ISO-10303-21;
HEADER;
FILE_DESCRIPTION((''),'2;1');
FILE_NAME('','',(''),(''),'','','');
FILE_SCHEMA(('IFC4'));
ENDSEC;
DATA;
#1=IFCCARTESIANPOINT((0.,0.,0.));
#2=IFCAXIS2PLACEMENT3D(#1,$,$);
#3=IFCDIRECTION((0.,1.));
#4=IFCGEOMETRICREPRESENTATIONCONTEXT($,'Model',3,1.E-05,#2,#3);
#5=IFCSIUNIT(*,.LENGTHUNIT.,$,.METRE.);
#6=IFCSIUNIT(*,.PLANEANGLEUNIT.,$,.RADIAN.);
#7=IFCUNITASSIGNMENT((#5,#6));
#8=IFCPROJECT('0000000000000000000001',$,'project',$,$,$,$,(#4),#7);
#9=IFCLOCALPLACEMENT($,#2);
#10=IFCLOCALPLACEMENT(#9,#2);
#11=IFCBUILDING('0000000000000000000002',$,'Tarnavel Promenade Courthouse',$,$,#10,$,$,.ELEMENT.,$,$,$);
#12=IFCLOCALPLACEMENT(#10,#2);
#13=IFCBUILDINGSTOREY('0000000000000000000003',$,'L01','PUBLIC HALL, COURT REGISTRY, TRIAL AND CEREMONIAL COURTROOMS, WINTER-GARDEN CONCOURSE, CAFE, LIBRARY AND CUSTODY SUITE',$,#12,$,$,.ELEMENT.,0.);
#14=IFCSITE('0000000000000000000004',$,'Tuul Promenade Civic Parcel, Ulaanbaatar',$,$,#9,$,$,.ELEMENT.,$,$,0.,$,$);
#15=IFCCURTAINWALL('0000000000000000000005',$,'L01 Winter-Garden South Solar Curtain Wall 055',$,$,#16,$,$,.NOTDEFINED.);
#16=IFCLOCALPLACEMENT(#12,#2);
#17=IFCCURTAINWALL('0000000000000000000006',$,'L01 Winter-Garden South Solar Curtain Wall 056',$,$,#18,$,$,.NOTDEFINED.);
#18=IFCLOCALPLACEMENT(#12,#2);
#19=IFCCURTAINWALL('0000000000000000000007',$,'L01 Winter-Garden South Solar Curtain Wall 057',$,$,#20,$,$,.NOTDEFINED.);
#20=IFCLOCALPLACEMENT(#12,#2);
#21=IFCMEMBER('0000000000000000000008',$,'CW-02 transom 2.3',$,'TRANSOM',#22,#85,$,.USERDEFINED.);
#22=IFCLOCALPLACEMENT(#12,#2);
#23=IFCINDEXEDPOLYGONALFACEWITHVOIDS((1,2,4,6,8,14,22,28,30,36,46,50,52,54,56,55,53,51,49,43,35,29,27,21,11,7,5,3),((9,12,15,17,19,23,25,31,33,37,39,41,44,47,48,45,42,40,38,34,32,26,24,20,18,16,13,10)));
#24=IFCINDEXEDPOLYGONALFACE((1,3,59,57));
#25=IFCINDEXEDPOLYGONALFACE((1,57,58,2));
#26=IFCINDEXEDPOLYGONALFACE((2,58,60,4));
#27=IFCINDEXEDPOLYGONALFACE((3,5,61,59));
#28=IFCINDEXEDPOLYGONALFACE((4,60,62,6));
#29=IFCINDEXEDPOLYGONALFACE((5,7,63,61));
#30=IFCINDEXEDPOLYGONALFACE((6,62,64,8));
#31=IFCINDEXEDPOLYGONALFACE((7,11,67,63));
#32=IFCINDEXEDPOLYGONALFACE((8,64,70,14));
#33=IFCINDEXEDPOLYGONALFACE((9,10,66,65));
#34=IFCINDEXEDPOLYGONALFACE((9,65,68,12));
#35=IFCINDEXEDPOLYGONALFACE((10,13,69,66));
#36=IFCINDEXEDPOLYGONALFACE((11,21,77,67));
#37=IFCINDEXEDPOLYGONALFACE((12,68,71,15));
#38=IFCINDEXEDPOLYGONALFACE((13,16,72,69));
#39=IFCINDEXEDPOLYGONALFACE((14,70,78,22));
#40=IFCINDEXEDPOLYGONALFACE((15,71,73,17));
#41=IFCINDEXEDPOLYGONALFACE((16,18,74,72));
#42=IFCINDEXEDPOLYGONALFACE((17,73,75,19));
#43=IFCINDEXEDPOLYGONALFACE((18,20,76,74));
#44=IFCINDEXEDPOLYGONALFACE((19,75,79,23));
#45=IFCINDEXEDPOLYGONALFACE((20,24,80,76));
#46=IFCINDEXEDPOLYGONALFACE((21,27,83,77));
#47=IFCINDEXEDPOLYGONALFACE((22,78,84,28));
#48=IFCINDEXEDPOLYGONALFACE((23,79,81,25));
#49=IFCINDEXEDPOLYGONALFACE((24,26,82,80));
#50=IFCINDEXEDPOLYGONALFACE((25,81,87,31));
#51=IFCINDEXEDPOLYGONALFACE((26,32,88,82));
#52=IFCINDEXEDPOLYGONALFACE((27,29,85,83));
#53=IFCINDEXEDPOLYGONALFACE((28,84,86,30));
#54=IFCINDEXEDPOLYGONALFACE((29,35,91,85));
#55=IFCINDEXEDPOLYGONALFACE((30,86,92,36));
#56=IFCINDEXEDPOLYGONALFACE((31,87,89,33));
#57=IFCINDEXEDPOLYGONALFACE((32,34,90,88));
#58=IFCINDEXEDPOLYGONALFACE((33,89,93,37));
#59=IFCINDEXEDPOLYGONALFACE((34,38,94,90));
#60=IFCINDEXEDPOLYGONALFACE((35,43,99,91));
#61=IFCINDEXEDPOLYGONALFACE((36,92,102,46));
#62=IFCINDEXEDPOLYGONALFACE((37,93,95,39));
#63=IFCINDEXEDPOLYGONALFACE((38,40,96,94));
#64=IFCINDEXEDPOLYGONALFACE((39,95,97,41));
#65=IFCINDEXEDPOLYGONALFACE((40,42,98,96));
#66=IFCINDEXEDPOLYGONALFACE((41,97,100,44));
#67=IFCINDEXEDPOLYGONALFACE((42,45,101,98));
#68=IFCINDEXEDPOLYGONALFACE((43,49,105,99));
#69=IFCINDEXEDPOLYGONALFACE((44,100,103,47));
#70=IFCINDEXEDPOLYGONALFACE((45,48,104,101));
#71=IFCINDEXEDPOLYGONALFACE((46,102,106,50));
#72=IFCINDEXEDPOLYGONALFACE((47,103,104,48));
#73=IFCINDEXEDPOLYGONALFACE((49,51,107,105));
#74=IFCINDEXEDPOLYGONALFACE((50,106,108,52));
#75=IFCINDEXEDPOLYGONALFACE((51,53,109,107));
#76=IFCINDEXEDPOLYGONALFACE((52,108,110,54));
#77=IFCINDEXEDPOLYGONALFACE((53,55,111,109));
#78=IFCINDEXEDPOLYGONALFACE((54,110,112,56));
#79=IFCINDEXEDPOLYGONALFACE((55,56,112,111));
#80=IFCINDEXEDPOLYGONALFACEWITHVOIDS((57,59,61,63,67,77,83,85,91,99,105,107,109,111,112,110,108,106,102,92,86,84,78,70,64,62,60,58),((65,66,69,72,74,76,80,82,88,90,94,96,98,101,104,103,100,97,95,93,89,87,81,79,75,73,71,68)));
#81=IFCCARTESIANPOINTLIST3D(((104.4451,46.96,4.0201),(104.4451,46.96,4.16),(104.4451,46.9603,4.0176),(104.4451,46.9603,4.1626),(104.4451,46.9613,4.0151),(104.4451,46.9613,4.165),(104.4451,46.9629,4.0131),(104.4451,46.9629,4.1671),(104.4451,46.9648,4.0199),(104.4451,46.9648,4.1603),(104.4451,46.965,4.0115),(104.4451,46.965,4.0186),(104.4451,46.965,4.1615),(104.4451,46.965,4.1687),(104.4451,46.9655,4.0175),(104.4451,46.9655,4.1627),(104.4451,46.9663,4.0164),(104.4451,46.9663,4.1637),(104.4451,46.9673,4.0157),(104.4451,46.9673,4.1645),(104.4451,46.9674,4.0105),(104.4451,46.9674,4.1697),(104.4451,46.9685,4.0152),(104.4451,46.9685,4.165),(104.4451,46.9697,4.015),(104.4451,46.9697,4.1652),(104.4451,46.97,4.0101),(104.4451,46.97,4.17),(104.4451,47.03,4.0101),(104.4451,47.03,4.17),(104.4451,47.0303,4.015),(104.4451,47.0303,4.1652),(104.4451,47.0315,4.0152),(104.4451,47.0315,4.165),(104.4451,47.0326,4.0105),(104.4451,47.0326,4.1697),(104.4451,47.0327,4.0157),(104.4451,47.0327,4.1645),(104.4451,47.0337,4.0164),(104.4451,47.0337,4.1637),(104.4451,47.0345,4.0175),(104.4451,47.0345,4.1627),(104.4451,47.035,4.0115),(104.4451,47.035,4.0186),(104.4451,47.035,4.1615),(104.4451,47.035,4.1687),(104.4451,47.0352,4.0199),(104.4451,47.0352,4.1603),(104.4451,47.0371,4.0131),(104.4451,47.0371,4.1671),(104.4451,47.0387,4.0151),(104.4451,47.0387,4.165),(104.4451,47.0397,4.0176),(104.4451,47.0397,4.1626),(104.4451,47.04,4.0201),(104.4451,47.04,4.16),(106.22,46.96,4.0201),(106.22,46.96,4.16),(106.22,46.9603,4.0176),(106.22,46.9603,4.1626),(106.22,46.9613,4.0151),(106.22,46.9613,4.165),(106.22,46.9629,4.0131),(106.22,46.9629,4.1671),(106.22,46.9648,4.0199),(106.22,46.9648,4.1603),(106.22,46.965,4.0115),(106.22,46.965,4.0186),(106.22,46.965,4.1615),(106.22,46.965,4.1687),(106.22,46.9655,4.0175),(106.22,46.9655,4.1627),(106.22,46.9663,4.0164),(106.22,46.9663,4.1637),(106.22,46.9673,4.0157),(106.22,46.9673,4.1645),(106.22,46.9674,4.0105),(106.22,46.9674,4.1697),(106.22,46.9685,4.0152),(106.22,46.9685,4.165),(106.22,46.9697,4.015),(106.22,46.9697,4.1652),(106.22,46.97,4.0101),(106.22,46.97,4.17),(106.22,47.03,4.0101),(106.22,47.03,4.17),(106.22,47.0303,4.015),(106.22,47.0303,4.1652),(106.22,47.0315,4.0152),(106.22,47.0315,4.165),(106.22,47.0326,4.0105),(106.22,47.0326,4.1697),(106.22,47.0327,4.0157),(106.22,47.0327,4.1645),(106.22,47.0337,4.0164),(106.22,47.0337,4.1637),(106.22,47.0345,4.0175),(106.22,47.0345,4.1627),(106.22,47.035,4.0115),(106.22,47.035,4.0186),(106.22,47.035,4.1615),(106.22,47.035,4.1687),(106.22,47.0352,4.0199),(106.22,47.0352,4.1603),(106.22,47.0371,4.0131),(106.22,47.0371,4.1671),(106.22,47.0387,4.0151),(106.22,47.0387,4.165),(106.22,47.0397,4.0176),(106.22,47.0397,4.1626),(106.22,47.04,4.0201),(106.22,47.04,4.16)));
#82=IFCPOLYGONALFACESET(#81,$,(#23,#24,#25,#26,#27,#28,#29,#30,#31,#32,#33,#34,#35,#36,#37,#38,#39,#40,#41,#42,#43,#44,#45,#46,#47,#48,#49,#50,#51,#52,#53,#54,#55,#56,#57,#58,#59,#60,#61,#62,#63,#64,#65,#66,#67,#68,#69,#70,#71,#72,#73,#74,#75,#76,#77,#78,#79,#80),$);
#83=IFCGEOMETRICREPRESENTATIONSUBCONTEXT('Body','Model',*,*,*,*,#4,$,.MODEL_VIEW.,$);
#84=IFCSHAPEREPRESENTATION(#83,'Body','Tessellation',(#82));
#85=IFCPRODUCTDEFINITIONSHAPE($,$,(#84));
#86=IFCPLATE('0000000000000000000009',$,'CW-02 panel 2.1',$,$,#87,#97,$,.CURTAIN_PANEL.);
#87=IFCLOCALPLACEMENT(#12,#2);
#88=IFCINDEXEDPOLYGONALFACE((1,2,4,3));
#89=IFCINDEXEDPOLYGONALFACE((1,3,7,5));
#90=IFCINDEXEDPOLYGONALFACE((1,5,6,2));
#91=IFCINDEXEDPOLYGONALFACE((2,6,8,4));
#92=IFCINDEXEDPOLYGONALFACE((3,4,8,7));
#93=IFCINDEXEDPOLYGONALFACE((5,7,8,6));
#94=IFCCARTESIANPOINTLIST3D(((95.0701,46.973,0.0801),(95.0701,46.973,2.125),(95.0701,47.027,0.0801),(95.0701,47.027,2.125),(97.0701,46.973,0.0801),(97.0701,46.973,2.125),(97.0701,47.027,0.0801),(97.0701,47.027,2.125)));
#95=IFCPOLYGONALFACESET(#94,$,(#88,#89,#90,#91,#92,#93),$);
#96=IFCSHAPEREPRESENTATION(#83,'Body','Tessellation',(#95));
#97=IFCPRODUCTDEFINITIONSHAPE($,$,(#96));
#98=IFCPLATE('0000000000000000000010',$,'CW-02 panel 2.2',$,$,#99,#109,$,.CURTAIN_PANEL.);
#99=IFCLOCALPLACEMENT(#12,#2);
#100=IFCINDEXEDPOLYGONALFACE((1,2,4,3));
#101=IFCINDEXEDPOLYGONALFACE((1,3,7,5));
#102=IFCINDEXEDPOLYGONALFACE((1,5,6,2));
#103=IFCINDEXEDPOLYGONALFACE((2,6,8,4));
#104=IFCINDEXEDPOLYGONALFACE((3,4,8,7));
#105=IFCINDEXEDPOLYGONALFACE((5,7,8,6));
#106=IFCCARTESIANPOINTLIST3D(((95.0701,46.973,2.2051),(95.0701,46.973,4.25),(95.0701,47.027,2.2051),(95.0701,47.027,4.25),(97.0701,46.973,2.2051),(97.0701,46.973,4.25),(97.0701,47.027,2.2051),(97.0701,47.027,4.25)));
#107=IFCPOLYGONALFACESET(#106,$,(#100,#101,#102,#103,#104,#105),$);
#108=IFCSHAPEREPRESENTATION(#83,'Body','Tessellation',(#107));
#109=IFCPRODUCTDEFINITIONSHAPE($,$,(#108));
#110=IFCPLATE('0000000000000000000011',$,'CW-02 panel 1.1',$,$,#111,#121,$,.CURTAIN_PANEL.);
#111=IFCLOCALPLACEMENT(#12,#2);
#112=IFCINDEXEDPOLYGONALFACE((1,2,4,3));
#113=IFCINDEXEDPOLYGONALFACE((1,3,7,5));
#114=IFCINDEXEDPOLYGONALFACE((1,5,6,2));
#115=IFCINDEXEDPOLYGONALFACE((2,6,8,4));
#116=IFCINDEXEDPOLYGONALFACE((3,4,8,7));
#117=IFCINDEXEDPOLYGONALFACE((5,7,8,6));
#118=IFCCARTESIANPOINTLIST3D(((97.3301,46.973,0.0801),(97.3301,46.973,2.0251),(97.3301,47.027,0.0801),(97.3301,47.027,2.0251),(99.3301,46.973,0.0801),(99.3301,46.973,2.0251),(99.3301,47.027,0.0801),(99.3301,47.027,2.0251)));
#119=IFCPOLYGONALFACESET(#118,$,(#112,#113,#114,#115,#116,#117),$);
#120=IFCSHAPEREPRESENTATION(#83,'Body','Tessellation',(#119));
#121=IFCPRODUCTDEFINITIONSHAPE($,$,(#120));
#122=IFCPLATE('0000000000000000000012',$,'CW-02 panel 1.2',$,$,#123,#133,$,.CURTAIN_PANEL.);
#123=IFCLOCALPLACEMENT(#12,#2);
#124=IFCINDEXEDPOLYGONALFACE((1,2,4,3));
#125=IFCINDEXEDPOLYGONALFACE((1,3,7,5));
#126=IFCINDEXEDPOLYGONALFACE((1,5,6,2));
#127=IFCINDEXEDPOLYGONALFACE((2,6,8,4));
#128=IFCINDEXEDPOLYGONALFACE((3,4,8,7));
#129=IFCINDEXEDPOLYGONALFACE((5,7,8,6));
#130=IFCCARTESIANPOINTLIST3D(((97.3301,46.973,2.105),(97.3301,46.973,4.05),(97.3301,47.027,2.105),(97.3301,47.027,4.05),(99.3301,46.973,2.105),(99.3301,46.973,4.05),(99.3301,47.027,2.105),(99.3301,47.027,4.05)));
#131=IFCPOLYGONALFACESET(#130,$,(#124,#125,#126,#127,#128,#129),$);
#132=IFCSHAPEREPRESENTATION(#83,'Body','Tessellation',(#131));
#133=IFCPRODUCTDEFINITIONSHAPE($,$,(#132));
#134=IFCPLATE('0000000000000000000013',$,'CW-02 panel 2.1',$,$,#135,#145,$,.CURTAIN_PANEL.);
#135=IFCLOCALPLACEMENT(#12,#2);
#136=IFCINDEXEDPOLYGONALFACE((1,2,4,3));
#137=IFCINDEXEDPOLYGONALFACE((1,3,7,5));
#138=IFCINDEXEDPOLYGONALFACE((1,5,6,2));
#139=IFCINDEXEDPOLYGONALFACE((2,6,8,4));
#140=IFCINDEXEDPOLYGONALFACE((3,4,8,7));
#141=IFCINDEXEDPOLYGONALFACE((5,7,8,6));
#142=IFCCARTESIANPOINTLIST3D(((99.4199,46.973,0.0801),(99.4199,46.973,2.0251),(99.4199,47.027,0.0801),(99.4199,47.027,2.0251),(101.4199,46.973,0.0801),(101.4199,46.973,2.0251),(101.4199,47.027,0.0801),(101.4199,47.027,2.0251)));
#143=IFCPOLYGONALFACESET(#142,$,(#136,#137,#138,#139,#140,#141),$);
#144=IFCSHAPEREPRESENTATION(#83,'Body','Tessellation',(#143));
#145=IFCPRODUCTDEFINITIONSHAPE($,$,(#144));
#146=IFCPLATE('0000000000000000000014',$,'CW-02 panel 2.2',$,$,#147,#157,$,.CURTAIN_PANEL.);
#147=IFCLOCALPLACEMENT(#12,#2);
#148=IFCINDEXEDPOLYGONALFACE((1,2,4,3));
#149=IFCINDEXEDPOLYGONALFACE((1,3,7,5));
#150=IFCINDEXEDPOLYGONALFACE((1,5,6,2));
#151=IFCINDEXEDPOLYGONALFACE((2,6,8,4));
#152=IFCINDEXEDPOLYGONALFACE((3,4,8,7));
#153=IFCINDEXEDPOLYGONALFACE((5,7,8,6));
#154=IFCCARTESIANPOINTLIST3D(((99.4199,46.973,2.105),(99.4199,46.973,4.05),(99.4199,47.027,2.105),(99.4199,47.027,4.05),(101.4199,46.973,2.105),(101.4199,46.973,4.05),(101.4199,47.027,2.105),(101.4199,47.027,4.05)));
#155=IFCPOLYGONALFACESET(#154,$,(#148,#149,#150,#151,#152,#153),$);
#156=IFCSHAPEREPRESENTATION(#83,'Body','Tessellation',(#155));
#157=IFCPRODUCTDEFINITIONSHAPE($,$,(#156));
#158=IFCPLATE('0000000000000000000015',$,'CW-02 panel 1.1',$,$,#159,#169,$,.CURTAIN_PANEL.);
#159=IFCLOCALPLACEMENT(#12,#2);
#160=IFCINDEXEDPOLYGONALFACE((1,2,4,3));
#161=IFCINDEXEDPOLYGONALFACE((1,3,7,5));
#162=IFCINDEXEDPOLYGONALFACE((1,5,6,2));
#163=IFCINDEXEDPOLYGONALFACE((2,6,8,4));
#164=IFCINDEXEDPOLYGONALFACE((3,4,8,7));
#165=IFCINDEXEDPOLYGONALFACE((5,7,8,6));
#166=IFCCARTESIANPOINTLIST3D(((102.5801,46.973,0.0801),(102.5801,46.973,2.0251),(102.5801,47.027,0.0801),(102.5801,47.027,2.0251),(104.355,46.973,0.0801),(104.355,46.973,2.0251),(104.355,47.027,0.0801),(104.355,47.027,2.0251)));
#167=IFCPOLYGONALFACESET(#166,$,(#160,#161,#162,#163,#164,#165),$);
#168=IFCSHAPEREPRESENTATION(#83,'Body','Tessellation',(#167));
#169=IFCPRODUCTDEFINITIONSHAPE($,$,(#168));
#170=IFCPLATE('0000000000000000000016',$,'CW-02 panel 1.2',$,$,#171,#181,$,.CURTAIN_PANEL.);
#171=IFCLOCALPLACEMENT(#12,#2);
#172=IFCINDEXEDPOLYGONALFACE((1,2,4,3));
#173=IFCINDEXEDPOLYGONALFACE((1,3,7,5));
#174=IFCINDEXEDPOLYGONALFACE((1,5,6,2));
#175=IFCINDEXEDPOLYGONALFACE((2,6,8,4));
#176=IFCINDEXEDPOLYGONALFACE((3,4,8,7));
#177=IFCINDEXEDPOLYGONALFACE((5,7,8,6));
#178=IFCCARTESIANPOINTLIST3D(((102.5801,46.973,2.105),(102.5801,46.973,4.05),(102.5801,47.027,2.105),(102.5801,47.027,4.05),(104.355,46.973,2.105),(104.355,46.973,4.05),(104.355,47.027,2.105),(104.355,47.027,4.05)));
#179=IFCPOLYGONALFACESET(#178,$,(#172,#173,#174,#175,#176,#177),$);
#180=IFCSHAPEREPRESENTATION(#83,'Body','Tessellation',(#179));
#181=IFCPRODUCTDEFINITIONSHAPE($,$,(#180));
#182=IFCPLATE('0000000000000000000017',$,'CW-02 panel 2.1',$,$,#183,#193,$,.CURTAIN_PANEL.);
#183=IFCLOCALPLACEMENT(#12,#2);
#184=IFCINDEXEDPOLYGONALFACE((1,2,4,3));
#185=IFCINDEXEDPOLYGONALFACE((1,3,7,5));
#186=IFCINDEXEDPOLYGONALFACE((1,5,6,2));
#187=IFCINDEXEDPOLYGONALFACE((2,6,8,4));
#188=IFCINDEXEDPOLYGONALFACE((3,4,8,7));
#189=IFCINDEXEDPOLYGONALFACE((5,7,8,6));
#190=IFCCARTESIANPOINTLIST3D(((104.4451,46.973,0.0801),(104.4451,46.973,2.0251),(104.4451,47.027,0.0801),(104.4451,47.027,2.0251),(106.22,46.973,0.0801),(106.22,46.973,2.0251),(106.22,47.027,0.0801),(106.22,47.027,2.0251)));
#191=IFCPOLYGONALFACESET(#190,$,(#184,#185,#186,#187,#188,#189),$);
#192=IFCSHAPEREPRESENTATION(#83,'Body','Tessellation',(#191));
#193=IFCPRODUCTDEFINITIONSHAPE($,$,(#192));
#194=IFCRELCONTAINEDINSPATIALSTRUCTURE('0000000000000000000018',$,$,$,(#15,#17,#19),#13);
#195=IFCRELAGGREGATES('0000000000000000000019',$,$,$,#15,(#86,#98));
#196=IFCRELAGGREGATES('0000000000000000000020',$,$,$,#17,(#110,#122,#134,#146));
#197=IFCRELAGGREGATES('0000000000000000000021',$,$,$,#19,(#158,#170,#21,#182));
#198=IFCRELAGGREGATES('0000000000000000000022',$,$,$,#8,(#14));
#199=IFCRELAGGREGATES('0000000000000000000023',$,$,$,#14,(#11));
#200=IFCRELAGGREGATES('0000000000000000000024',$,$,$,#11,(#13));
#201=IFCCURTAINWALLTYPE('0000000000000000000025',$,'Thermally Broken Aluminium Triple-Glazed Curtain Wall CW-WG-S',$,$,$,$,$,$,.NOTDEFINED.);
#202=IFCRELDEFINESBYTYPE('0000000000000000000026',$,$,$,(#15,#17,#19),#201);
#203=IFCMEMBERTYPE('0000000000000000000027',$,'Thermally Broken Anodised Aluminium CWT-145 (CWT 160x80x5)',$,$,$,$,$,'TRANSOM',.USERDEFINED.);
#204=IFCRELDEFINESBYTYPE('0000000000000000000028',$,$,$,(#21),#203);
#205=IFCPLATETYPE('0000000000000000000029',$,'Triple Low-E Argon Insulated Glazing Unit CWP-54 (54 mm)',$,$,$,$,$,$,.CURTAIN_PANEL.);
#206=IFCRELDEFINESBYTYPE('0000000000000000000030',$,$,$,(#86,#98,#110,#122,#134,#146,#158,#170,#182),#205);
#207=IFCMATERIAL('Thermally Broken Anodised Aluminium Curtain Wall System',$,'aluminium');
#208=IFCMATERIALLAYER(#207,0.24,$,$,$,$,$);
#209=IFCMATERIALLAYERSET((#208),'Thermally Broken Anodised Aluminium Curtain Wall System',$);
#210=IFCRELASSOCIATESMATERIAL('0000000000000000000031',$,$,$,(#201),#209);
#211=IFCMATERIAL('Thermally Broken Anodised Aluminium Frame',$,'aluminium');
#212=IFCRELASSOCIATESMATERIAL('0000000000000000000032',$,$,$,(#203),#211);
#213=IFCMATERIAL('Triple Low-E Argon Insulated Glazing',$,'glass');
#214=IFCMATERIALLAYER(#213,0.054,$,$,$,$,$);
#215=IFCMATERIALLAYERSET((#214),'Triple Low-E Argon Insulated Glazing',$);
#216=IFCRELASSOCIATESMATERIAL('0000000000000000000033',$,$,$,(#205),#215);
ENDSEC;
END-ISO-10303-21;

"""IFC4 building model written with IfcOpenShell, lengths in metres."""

from ifc_helpers import new_model, si_unit, direction, frame, origin, origin_2d, place, context, subcontext, project, spatial, rectangle, hollow_rectangle, extrude, material, layer, layer_set, material_profile, profile_set, type_object, element, aggregate, save


model = new_model("IFC4")

# Units and contexts
model_context = context("Model", 3, precision=1e-05, world=origin(), true_north=direction((0.0, 1.0)))
body_context = subcontext(model_context, "Body", "Model", "MODEL_VIEW")
ifc_project = project(units=[si_unit("LENGTHUNIT", "METRE"), si_unit("PLANEANGLEUNIT", "RADIAN")], contexts=[model_context])

# Site, building, storey
site_placement = place(None, origin())
site = spatial("IfcSite", under=ifc_project, at=site_placement, Name="Tuul Promenade Civic Parcel, Ulaanbaatar", CompositionType="ELEMENT", RefElevation=0.0)
building_placement = place(site_placement, origin())
building = spatial("IfcBuilding", under=site, at=building_placement, Name="Tarnavel Promenade Courthouse", CompositionType="ELEMENT")
storey_placement = place(building_placement, origin())
storey = spatial("IfcBuildingStorey", under=building, at=storey_placement, Name="L01", Description="PUBLIC HALL, COURT REGISTRY, TRIAL AND CEREMONIAL COURTROOMS, WINTER-GARDEN CONCOURSE, CAFE, LIBRARY AND CUSTODY SUITE", CompositionType="ELEMENT", Elevation=0.0)

# Curtain wall
ifc_material_1 = material(Name="Thermally Broken Anodised Aluminium Curtain Wall System", Category="aluminium")
ifc_layer_1 = layer(ifc_material_1, 0.24)
ifc_layer_set_1 = layer_set([ifc_layer_1], Name="Thermally Broken Anodised Aluminium Curtain Wall System")
curtain_wall_type = type_object("IfcCurtainWallType", Name="Thermally Broken Aluminium Triple-Glazed Curtain Wall CW-WG-S", PredefinedType="NOTDEFINED", material=ifc_layer_set_1)
curtain_wall_1_placement = place(storey_placement, origin())
curtain_wall_1 = element("IfcCurtainWall", 1, at=curtain_wall_1_placement, inside=storey, type_object=curtain_wall_type, Name="L01 Winter-Garden South Solar Curtain Wall 055", PredefinedType="NOTDEFINED")
ifc_material_2 = material(Name="Thermally Broken Anodised Aluminium Frame", Category="aluminium")

# Curtain walls
curtain_wall_2_placement = place(storey_placement, origin())
curtain_wall_2 = element("IfcCurtainWall", 2, at=curtain_wall_2_placement, inside=storey, type_object=curtain_wall_type, Name="L01 Winter-Garden South Solar Curtain Wall 056", PredefinedType="NOTDEFINED")
curtain_wall_3_placement = place(storey_placement, origin())
curtain_wall_3 = element("IfcCurtainWall", 3, at=curtain_wall_3_placement, inside=storey, type_object=curtain_wall_type, Name="L01 Winter-Garden South Solar Curtain Wall 057", PredefinedType="NOTDEFINED")

# Member
ifc_material_profile_1 = material_profile(ifc_material_2, hollow_rectangle(XDim=0.0801, YDim=0.1599, WallThickness=0.0049, InnerFilletRadius=0.0049, OuterFilletRadius=0.01, at=origin_2d()), Name="CWT 160x80x5")
ifc_profile_set_1 = profile_set([ifc_material_profile_1], Name="Thermally Broken Anodised Aluminium Frame")
member_type_1 = type_object("IfcMemberType", Name="Thermally Broken Anodised Aluminium CWT-145 (CWT 160x80x5)", ElementType="TRANSOM", PredefinedType="USERDEFINED", material=ifc_profile_set_1)
member_1_placement = place(storey_placement, frame((104.4451, 47.0, 4.0901), z_axis=(1.0, 0.0, 0.0), x_axis=(0.0, 1.0, 0.0)))
member_1 = element("IfcMember", 4, at=member_1_placement, type_object=member_type_1, Name="CW-02 transom 2.3", ObjectType="TRANSOM", PredefinedType="USERDEFINED", context=body_context, shape_type="SweptSolid", body=[
    extrude(hollow_rectangle(XDim=0.0801, YDim=0.1599, WallThickness=0.0049, InnerFilletRadius=0.0049, OuterFilletRadius=0.01, at=origin_2d()), origin(), (0.0, 0.0, 1.0), 1.7749),
])

# Plates
ifc_material_3 = material(Name="Triple Low-E Argon Insulated Glazing", Category="glass")
ifc_layer_2 = layer(ifc_material_3, 0.054)
ifc_layer_set_2 = layer_set([ifc_layer_2], Name="Triple Low-E Argon Insulated Glazing")
plate_type = type_object("IfcPlateType", Name="Triple Low-E Argon Insulated Glazing Unit CWP-54 (54 mm)", PredefinedType="CURTAIN_PANEL", material=ifc_layer_set_2)
plate_1_placement = place(storey_placement, frame((96.0701, 47.0, 0.0801), z_axis=(0.0, 0.0, 1.0), x_axis=(1.0, 0.0, 0.0)))
plate_1 = element("IfcPlate", 5, at=plate_1_placement, type_object=plate_type, Name="CW-02 panel 2.1", PredefinedType="CURTAIN_PANEL", context=body_context, shape_type="SweptSolid", body=[
    extrude(rectangle(XDim=2.0, YDim=0.054, at=origin_2d()), origin(), (0.0, 0.0, 1.0), 2.0449),
])
plate_2_placement = place(storey_placement, frame((96.0701, 47.0, 2.2051), z_axis=(0.0, 0.0, 1.0), x_axis=(1.0, 0.0, 0.0)))
plate_2 = element("IfcPlate", 6, at=plate_2_placement, type_object=plate_type, Name="CW-02 panel 2.2", PredefinedType="CURTAIN_PANEL", context=body_context, shape_type="SweptSolid", body=[
    extrude(rectangle(XDim=2.0, YDim=0.054, at=origin_2d()), origin(), (0.0, 0.0, 1.0), 2.0449),
])
aggregate(curtain_wall_1, [plate_1, plate_2])
plate_3_placement = place(storey_placement, frame((98.3301, 47.0, 0.0801), z_axis=(0.0, 0.0, 1.0), x_axis=(1.0, 0.0, 0.0)))
plate_3 = element("IfcPlate", 7, at=plate_3_placement, type_object=plate_type, Name="CW-02 panel 1.1", PredefinedType="CURTAIN_PANEL", context=body_context, shape_type="SweptSolid", body=[
    extrude(rectangle(XDim=2.0, YDim=0.054, at=origin_2d()), origin(), (0.0, 0.0, 1.0), 1.9451),
])
plate_4_placement = place(storey_placement, frame((98.3301, 47.0, 2.105), z_axis=(0.0, 0.0, 1.0), x_axis=(1.0, 0.0, 0.0)))
plate_4 = element("IfcPlate", 8, at=plate_4_placement, type_object=plate_type, Name="CW-02 panel 1.2", PredefinedType="CURTAIN_PANEL", context=body_context, shape_type="SweptSolid", body=[
    extrude(rectangle(XDim=2.0, YDim=0.054, at=origin_2d()), origin(), (0.0, 0.0, 1.0), 1.9451),
])
plate_5_placement = place(storey_placement, frame((100.4199, 47.0, 0.0801), z_axis=(0.0, 0.0, 1.0), x_axis=(1.0, 0.0, 0.0)))
plate_5 = element("IfcPlate", 9, at=plate_5_placement, type_object=plate_type, Name="CW-02 panel 2.1", PredefinedType="CURTAIN_PANEL", context=body_context, shape_type="SweptSolid", body=[
    extrude(rectangle(XDim=2.0, YDim=0.054, at=origin_2d()), origin(), (0.0, 0.0, 1.0), 1.9451),
])
plate_6_placement = place(storey_placement, frame((100.4199, 47.0, 2.105), z_axis=(0.0, 0.0, 1.0), x_axis=(1.0, 0.0, 0.0)))
plate_6 = element("IfcPlate", 10, at=plate_6_placement, type_object=plate_type, Name="CW-02 panel 2.2", PredefinedType="CURTAIN_PANEL", context=body_context, shape_type="SweptSolid", body=[
    extrude(rectangle(XDim=2.0, YDim=0.054, at=origin_2d()), origin(), (0.0, 0.0, 1.0), 1.9451),
])
aggregate(curtain_wall_2, [plate_3, plate_4, plate_5, plate_6])
plate_7_placement = place(storey_placement, frame((103.4675, 47.0, 0.0801), z_axis=(0.0, 0.0, 1.0), x_axis=(1.0, 0.0, 0.0)))
plate_7 = element("IfcPlate", 11, at=plate_7_placement, type_object=plate_type, Name="CW-02 panel 1.1", PredefinedType="CURTAIN_PANEL", context=body_context, shape_type="SweptSolid", body=[
    extrude(rectangle(XDim=1.7749, YDim=0.054, at=origin_2d()), origin(), (0.0, 0.0, 1.0), 1.9451),
])
plate_8_placement = place(storey_placement, frame((103.4675, 47.0, 2.105), z_axis=(0.0, 0.0, 1.0), x_axis=(1.0, 0.0, 0.0)))
plate_8 = element("IfcPlate", 12, at=plate_8_placement, type_object=plate_type, Name="CW-02 panel 1.2", PredefinedType="CURTAIN_PANEL", context=body_context, shape_type="SweptSolid", body=[
    extrude(rectangle(XDim=1.7749, YDim=0.054, at=origin_2d()), origin(), (0.0, 0.0, 1.0), 1.9451),
])
plate_9_placement = place(storey_placement, frame((105.3325, 47.0, 0.0801), z_axis=(0.0, 0.0, 1.0), x_axis=(1.0, 0.0, 0.0)))
plate_9 = element("IfcPlate", 13, at=plate_9_placement, type_object=plate_type, Name="CW-02 panel 2.1", PredefinedType="CURTAIN_PANEL", context=body_context, shape_type="SweptSolid", body=[
    extrude(rectangle(XDim=1.7749, YDim=0.054, at=origin_2d()), origin(), (0.0, 0.0, 1.0), 1.9451),
])
aggregate(curtain_wall_3, [plate_7, plate_8, member_1, plate_9])

save(model, "model.ifc")
